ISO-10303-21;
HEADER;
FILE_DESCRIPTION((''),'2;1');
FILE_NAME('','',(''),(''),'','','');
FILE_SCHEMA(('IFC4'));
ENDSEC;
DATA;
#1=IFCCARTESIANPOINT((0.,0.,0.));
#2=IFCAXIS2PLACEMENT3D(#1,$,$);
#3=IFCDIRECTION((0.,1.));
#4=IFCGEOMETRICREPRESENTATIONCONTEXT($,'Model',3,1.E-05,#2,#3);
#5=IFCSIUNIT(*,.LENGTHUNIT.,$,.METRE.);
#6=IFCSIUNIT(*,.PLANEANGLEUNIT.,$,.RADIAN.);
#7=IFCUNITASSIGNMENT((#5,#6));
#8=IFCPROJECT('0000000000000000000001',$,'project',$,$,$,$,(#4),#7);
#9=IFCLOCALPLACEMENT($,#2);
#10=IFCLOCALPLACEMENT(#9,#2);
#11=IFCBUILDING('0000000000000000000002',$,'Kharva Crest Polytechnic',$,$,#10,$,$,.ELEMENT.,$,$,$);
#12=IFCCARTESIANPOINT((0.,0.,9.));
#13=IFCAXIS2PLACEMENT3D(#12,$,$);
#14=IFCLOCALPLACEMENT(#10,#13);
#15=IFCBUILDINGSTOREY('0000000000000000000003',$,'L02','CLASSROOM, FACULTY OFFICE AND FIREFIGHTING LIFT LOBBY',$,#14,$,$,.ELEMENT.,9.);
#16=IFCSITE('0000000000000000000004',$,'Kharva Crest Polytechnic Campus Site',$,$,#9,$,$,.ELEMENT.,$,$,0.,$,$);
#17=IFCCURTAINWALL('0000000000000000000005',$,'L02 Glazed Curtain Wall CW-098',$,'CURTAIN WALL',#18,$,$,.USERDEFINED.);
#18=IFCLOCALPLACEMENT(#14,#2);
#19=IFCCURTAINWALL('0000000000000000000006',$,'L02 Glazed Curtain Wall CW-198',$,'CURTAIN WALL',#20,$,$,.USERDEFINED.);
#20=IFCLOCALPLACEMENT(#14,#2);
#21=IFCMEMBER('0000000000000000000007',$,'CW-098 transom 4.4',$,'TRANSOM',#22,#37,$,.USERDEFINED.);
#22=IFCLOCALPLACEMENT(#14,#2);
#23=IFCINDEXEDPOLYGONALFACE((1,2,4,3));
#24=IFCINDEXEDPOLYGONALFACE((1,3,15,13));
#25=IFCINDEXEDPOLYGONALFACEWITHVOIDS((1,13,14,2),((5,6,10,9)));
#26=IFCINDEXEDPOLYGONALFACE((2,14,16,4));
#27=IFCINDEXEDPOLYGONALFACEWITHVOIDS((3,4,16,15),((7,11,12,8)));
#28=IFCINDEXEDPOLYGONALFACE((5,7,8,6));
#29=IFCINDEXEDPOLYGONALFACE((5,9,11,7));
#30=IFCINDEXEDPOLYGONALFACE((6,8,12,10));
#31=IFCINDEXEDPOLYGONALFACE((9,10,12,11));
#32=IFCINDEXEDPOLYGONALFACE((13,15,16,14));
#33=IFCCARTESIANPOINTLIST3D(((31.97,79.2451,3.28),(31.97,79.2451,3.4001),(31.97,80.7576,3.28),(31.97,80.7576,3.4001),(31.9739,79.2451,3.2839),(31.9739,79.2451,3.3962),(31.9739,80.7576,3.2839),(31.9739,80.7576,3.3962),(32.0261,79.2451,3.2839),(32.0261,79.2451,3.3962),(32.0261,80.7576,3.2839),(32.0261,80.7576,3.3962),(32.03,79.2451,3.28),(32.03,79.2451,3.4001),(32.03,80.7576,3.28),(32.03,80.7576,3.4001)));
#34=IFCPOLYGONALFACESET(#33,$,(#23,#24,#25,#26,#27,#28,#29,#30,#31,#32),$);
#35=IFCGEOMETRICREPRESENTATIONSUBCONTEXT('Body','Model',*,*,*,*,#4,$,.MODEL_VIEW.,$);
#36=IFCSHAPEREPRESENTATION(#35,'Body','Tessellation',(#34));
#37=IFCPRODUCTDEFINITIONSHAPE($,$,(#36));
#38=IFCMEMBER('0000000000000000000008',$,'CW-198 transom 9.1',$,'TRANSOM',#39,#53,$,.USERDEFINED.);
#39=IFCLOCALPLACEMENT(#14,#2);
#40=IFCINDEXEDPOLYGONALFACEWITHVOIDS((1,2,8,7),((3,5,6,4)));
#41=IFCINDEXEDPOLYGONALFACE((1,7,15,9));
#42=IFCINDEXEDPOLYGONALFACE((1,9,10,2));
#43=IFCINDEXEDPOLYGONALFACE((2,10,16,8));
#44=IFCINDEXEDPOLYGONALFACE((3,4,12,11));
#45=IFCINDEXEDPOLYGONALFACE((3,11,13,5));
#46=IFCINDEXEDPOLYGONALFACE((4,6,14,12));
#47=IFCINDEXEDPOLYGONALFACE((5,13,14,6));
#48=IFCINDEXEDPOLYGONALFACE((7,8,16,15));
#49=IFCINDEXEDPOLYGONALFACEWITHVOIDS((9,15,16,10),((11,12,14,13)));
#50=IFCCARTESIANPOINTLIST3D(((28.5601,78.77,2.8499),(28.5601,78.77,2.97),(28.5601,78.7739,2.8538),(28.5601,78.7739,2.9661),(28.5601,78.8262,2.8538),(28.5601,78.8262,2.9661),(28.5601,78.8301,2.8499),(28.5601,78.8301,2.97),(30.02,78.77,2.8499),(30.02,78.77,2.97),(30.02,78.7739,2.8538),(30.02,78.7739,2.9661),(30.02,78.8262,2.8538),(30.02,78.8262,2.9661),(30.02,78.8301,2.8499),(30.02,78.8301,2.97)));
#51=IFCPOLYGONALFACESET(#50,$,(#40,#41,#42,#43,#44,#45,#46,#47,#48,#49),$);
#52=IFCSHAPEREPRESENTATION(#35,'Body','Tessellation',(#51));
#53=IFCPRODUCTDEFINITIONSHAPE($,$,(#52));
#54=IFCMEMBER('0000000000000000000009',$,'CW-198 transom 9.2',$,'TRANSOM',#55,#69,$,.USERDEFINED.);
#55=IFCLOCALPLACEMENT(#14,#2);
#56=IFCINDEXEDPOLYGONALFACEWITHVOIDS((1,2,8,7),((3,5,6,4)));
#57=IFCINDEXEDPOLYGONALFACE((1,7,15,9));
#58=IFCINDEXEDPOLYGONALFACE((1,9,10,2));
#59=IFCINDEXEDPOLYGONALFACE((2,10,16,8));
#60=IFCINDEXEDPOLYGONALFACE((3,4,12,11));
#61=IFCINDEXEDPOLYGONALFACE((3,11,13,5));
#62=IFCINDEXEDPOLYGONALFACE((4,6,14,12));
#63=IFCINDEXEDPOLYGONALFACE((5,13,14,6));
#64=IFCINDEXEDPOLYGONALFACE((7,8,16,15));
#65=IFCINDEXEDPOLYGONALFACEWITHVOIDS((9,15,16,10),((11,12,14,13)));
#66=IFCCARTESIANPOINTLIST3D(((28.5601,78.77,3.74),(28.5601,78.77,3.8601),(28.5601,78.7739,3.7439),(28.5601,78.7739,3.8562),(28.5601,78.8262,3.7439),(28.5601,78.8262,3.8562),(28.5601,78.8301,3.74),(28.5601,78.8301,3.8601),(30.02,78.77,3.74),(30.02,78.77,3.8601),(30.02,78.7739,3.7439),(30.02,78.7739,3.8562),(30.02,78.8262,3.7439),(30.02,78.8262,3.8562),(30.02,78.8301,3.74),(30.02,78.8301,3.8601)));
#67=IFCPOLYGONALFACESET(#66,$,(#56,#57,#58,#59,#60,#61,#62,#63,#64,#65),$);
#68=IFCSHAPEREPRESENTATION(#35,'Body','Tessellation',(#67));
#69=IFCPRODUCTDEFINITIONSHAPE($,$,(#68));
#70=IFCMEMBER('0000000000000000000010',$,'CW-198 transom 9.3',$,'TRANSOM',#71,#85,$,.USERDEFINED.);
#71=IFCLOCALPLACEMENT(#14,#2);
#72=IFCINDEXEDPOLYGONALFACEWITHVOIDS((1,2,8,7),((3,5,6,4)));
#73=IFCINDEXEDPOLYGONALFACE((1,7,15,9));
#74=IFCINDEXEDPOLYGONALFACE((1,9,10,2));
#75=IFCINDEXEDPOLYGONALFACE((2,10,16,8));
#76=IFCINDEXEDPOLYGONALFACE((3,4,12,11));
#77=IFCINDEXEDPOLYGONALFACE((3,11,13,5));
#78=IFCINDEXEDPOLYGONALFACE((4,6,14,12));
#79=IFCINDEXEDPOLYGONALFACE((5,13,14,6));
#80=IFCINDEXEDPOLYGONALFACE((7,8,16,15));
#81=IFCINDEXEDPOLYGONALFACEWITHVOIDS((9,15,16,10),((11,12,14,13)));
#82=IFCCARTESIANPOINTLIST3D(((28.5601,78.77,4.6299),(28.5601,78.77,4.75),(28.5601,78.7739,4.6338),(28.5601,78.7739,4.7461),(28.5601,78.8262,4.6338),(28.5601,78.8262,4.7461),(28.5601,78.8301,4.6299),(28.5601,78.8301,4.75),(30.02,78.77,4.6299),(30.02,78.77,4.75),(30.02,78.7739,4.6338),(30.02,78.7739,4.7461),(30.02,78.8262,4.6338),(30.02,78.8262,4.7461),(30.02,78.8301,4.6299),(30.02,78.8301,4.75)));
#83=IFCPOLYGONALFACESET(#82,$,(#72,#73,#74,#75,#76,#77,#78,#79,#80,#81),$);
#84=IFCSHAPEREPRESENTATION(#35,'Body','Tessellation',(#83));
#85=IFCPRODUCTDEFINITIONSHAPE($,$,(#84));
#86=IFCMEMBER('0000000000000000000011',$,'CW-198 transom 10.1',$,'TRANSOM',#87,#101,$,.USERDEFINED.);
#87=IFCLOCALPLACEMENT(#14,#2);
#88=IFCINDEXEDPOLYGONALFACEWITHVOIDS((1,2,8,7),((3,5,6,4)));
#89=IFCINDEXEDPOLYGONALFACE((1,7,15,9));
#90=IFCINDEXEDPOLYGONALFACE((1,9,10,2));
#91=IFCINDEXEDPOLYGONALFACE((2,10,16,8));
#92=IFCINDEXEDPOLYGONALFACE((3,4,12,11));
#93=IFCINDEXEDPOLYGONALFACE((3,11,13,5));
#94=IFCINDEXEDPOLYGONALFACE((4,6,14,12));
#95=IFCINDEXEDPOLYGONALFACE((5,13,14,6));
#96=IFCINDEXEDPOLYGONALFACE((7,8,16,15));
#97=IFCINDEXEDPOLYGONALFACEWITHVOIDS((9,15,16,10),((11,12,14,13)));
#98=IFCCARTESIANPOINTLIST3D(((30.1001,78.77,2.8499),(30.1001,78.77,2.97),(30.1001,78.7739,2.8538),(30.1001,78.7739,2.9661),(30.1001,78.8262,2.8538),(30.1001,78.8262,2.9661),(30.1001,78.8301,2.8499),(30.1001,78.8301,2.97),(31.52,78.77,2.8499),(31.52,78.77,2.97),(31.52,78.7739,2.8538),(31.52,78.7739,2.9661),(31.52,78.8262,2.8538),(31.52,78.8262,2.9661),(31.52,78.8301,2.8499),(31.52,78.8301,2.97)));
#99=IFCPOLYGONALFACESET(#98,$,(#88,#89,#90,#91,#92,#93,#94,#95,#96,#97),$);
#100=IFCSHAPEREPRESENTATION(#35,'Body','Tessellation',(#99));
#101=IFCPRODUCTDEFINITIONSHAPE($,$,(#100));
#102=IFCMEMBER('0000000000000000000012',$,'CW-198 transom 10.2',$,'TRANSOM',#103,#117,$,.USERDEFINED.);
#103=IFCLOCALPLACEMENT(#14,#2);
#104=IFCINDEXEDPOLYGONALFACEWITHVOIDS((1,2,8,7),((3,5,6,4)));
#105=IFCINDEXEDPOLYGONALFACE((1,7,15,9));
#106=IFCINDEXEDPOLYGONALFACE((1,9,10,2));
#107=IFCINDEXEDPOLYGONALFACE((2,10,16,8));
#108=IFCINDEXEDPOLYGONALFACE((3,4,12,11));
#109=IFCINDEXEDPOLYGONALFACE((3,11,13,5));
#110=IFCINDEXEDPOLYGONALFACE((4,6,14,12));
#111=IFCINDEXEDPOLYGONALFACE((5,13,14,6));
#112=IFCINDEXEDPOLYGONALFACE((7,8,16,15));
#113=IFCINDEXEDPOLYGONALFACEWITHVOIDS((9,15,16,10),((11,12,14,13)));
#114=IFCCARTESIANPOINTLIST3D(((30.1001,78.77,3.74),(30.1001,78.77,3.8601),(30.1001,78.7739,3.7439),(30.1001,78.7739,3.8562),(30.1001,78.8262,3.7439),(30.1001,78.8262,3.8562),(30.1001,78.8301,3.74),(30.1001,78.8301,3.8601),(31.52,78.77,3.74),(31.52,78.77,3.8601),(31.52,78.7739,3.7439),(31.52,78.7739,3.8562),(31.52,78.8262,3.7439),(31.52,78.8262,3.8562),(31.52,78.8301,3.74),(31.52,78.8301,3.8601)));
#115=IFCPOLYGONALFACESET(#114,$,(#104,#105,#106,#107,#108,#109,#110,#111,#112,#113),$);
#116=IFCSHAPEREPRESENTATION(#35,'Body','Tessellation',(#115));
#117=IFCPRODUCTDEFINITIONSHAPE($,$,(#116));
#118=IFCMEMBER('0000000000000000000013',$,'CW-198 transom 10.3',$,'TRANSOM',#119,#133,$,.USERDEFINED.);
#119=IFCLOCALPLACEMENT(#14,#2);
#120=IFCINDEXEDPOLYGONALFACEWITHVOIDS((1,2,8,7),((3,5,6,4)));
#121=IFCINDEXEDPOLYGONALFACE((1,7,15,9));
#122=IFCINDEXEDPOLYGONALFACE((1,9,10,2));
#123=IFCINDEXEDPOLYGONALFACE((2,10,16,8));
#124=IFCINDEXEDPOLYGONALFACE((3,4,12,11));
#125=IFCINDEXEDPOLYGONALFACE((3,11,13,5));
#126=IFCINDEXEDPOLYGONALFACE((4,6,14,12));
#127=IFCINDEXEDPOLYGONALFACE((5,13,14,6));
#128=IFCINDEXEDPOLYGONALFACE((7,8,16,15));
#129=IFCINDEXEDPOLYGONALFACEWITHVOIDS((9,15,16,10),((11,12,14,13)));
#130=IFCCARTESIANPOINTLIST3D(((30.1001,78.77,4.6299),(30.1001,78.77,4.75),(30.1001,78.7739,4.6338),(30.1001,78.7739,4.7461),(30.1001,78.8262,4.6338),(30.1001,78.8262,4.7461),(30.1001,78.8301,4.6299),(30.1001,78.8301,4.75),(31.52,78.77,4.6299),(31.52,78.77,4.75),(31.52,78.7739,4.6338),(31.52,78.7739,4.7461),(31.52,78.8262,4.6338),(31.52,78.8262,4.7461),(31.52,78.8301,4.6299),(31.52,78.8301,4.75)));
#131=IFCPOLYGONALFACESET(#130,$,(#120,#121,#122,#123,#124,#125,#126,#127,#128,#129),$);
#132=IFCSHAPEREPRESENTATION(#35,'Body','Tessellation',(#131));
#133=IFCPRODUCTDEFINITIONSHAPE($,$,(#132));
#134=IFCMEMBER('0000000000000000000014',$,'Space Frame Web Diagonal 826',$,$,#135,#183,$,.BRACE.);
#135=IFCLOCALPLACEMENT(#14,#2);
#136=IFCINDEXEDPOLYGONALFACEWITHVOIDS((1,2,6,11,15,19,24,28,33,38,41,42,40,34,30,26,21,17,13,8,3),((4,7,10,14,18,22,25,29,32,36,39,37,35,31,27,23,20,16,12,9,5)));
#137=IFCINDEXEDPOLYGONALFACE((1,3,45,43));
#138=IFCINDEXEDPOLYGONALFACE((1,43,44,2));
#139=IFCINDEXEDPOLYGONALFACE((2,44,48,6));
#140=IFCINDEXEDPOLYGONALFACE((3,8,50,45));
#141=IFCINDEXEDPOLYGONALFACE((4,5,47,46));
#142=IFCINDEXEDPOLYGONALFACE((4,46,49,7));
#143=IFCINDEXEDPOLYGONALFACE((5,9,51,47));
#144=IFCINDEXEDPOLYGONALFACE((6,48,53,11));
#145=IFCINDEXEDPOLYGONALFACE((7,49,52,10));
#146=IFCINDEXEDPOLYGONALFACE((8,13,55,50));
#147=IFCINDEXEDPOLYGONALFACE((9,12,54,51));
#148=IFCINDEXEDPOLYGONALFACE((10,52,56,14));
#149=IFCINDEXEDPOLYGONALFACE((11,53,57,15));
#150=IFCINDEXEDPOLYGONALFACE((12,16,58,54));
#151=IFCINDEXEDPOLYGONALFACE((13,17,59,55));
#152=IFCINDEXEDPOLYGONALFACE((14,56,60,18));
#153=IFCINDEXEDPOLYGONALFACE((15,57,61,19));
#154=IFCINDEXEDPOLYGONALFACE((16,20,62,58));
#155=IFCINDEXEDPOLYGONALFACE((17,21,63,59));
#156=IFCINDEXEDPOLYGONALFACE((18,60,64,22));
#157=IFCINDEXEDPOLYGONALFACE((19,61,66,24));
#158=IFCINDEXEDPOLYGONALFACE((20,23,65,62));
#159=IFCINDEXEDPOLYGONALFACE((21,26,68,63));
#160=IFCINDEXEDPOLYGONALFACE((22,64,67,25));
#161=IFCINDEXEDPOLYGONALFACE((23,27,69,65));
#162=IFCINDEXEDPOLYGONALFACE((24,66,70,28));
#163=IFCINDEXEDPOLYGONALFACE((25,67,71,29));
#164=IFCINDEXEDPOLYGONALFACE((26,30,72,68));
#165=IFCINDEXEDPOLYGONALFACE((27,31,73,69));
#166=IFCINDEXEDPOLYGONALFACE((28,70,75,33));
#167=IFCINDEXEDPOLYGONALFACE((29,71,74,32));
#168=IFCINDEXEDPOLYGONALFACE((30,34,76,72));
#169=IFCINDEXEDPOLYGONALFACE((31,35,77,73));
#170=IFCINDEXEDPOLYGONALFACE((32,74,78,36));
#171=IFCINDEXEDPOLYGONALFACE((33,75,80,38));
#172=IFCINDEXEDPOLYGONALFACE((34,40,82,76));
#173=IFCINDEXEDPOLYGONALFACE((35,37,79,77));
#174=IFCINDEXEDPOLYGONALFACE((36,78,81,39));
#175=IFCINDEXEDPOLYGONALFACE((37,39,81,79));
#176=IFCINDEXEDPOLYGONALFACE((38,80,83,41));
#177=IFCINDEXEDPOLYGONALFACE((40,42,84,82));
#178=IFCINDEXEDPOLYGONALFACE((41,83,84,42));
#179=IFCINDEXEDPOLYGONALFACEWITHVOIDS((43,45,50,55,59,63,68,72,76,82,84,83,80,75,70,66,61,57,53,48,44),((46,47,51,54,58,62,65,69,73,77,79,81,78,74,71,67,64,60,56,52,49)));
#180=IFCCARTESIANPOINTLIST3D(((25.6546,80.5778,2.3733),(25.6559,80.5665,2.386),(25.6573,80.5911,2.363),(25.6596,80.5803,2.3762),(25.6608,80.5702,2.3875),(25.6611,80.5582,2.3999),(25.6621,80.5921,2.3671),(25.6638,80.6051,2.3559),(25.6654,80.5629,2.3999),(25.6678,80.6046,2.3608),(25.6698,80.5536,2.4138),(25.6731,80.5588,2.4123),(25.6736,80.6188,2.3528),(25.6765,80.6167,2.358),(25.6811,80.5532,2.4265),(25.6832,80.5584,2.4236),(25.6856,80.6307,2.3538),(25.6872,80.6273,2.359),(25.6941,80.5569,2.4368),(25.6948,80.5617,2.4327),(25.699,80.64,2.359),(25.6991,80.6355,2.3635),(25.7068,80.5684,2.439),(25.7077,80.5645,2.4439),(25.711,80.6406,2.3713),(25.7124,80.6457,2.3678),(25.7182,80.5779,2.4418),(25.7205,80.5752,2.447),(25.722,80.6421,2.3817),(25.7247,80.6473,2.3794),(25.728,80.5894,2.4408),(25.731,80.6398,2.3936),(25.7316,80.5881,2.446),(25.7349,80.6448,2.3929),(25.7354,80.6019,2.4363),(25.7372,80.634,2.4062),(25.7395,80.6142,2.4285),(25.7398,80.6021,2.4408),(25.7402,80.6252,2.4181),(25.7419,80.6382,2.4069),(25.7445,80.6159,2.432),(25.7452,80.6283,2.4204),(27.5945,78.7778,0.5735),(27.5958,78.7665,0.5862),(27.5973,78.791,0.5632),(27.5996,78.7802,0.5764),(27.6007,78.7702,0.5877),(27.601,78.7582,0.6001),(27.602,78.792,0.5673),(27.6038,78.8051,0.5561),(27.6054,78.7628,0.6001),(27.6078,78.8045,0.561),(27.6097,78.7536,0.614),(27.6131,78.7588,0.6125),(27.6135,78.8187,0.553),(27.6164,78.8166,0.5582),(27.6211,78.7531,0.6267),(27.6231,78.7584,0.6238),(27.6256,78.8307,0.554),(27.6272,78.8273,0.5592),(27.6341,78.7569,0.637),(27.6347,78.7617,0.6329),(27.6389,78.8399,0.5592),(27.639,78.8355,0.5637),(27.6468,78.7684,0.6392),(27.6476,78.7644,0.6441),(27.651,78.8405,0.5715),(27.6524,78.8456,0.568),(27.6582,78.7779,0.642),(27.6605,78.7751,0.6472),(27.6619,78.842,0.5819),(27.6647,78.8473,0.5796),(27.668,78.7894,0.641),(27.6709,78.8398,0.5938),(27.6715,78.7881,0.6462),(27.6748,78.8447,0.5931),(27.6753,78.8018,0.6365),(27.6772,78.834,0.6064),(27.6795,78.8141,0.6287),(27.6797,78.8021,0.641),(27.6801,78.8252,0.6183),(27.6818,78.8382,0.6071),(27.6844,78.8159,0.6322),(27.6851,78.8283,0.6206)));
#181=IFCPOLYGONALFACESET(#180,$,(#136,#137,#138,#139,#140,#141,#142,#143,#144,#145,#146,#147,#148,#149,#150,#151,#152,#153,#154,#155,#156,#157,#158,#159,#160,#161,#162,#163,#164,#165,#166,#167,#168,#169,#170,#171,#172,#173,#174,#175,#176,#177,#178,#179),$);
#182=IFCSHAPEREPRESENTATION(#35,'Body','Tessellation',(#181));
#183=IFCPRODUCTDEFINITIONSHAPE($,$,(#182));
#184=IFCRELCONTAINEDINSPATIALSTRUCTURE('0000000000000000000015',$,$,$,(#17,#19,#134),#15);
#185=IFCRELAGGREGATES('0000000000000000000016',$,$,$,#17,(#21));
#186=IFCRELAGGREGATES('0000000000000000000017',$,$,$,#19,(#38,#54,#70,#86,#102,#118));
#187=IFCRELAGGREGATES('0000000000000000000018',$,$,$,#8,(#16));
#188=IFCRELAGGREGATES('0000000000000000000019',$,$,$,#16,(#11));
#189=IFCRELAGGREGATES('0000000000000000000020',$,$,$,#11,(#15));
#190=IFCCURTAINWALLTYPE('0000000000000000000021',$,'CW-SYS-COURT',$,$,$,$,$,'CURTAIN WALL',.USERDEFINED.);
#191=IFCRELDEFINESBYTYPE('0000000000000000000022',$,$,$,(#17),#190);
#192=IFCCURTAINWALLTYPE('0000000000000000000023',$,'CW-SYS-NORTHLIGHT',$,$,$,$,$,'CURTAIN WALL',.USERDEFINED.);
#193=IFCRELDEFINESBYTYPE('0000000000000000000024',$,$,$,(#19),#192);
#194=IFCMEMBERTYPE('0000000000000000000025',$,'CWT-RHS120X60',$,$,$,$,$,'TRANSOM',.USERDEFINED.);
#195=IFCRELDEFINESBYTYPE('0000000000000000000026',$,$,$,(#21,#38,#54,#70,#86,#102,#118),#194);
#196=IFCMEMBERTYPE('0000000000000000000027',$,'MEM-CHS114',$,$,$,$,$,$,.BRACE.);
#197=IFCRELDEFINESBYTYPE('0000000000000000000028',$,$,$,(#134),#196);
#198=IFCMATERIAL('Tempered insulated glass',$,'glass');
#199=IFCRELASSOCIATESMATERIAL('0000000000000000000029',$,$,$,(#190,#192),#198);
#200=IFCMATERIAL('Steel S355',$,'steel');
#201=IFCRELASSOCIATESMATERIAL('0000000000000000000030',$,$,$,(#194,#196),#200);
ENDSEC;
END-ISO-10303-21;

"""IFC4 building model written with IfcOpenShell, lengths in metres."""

from ifc_helpers import new_model, si_unit, direction, frame, origin, origin_2d, place, context, subcontext, project, spatial, hollow_rectangle, hollow_circle, extrude, material, material_profile, profile_set, type_object, element, aggregate, save


model = new_model("IFC4")

# Units and contexts
model_context = context("Model", 3, precision=1e-05, world=origin(), true_north=direction((0.0, 1.0)))
body_context = subcontext(model_context, "Body", "Model", "MODEL_VIEW")
ifc_project = project(units=[si_unit("LENGTHUNIT", "METRE"), si_unit("PLANEANGLEUNIT", "RADIAN")], contexts=[model_context])

# Site, building, storey
site_placement = place(None, origin())
site = spatial("IfcSite", under=ifc_project, at=site_placement, Name="Kharva Crest Polytechnic Campus Site", CompositionType="ELEMENT", RefElevation=0.0)
building_placement = place(site_placement, origin())
building = spatial("IfcBuilding", under=site, at=building_placement, Name="Kharva Crest Polytechnic", CompositionType="ELEMENT")
storey_placement = place(building_placement, frame((0.0, 0.0, 9.0)))
storey = spatial("IfcBuildingStorey", under=building, at=storey_placement, Name="L02", Description="CLASSROOM, FACULTY OFFICE AND FIREFIGHTING LIFT LOBBY", CompositionType="ELEMENT", Elevation=9.0)

# Curtain wall
ifc_material_1 = material(Name="Tempered insulated glass", Category="glass")
curtain_wall_type_1 = type_object("IfcCurtainWallType", Name="CW-SYS-COURT", ElementType="CURTAIN WALL", PredefinedType="USERDEFINED", material=ifc_material_1)
curtain_wall_1_placement = place(storey_placement, origin())
curtain_wall_1 = element("IfcCurtainWall", 1, at=curtain_wall_1_placement, inside=storey, type_object=curtain_wall_type_1, Name="L02 Glazed Curtain Wall CW-098", ObjectType="CURTAIN WALL", PredefinedType="USERDEFINED")
ifc_material_2 = material(Name="Steel S355", Category="steel")

# Curtain wall
curtain_wall_type_2 = type_object("IfcCurtainWallType", Name="CW-SYS-NORTHLIGHT", ElementType="CURTAIN WALL", PredefinedType="USERDEFINED", material=ifc_material_1)
curtain_wall_2_placement = place(storey_placement, origin())
curtain_wall_2 = element("IfcCurtainWall", 2, at=curtain_wall_2_placement, inside=storey, type_object=curtain_wall_type_2, Name="L02 Glazed Curtain Wall CW-198", ObjectType="CURTAIN WALL", PredefinedType="USERDEFINED")

# Members
ifc_material_profile_1 = material_profile(ifc_material_2, hollow_rectangle(XDim=0.0601, YDim=0.1201, WallThickness=0.0039, at=origin_2d()), Name="RHS 120X60X4.0")
ifc_profile_set_1 = profile_set([ifc_material_profile_1], Name="Steel S355")
member_type_1 = type_object("IfcMemberType", Name="CWT-RHS120X60", ElementType="TRANSOM", PredefinedType="USERDEFINED", material=ifc_profile_set_1)
member_1_placement = place(storey_placement, frame((32.0, 80.7576, 3.3401), z_axis=(0.0, -1.0, 0.0), x_axis=(1.0, 0.0, 0.0)))
member_1 = element("IfcMember", 3, at=member_1_placement, type_object=member_type_1, Name="CW-098 transom 4.4", ObjectType="TRANSOM", PredefinedType="USERDEFINED", context=body_context, shape_type="SweptSolid", body=[
    extrude(hollow_rectangle(XDim=0.0601, YDim=0.1201, WallThickness=0.0039, at=origin_2d()), origin(), (0.0, 0.0, 1.0), 1.5125),
])
member_2_placement = place(storey_placement, frame((28.5601, 78.8, 2.9099), z_axis=(1.0, 0.0, 0.0), x_axis=(0.0, 1.0, 0.0)))
member_2 = element("IfcMember", 4, at=member_2_placement, type_object=member_type_1, Name="CW-198 transom 9.1", ObjectType="TRANSOM", PredefinedType="USERDEFINED", context=body_context, shape_type="SweptSolid", body=[
    extrude(hollow_rectangle(XDim=0.0601, YDim=0.1201, WallThickness=0.0039, at=origin_2d()), origin(), (0.0, 0.0, 1.0), 1.46),
])
member_3_placement = place(storey_placement, frame((28.5601, 78.8, 3.8), z_axis=(1.0, 0.0, 0.0), x_axis=(0.0, 1.0, 0.0)))
member_3 = element("IfcMember", 5, at=member_3_placement, type_object=member_type_1, Name="CW-198 transom 9.2", ObjectType="TRANSOM", PredefinedType="USERDEFINED", context=body_context, shape_type="SweptSolid", body=[
    extrude(hollow_rectangle(XDim=0.0601, YDim=0.1201, WallThickness=0.0039, at=origin_2d()), origin(), (0.0, 0.0, 1.0), 1.46),
])
member_4_placement = place(storey_placement, frame((28.5601, 78.8, 4.6899), z_axis=(1.0, 0.0, 0.0), x_axis=(0.0, 1.0, 0.0)))
member_4 = element("IfcMember", 6, at=member_4_placement, type_object=member_type_1, Name="CW-198 transom 9.3", ObjectType="TRANSOM", PredefinedType="USERDEFINED", context=body_context, shape_type="SweptSolid", body=[
    extrude(hollow_rectangle(XDim=0.0601, YDim=0.1201, WallThickness=0.0039, at=origin_2d()), origin(), (0.0, 0.0, 1.0), 1.46),
])
member_5_placement = place(storey_placement, frame((30.1001, 78.8, 2.9099), z_axis=(1.0, 0.0, 0.0), x_axis=(0.0, 1.0, 0.0)))
member_5 = element("IfcMember", 7, at=member_5_placement, type_object=member_type_1, Name="CW-198 transom 10.1", ObjectType="TRANSOM", PredefinedType="USERDEFINED", context=body_context, shape_type="SweptSolid", body=[
    extrude(hollow_rectangle(XDim=0.0601, YDim=0.1201, WallThickness=0.0039, at=origin_2d()), origin(), (0.0, 0.0, 1.0), 1.4199),
])
member_6_placement = place(storey_placement, frame((30.1001, 78.8, 3.8), z_axis=(1.0, 0.0, 0.0), x_axis=(0.0, 1.0, 0.0)))
member_6 = element("IfcMember", 8, at=member_6_placement, type_object=member_type_1, Name="CW-198 transom 10.2", ObjectType="TRANSOM", PredefinedType="USERDEFINED", context=body_context, shape_type="SweptSolid", body=[
    extrude(hollow_rectangle(XDim=0.0601, YDim=0.1201, WallThickness=0.0039, at=origin_2d()), origin(), (0.0, 0.0, 1.0), 1.4199),
])
member_7_placement = place(storey_placement, frame((30.1001, 78.8, 4.6899), z_axis=(1.0, 0.0, 0.0), x_axis=(0.0, 1.0, 0.0)))
member_7 = element("IfcMember", 9, at=member_7_placement, type_object=member_type_1, Name="CW-198 transom 10.3", ObjectType="TRANSOM", PredefinedType="USERDEFINED", context=body_context, shape_type="SweptSolid", body=[
    extrude(hollow_rectangle(XDim=0.0601, YDim=0.1201, WallThickness=0.0039, at=origin_2d()), origin(), (0.0, 0.0, 1.0), 1.4199),
])

# Member
ifc_material_profile_2 = material_profile(ifc_material_2, hollow_circle(Radius=0.0571, WallThickness=0.0063, at=origin_2d()), Name="CHS 114.3X6.3")
ifc_profile_set_2 = profile_set([ifc_material_profile_2], Name="Steel S355")
member_type_2 = type_object("IfcMemberType", Name="MEM-CHS114", PredefinedType="BRACE", material=ifc_profile_set_2)
member_8_placement = place(storey_placement, frame((27.6399, 78.8, 0.6001), z_axis=(-0.606147, 0.562437, 0.562361), x_axis=(-0.680182, -0.733043, 0.0)))
element("IfcMember", 10, at=member_8_placement, inside=storey, type_object=member_type_2, Name="Space Frame Web Diagonal 826", PredefinedType="BRACE", context=body_context, shape_type="SweptSolid", body=[
    extrude(hollow_circle(Radius=0.0571, WallThickness=0.0063, at=origin_2d()), origin(), (0.0, 0.0, 1.0), 3.2004),
])

aggregate(curtain_wall_1, [member_1])
aggregate(curtain_wall_2, [member_2, member_3, member_4, member_5, member_6, member_7])

save(model, "model.ifc")
